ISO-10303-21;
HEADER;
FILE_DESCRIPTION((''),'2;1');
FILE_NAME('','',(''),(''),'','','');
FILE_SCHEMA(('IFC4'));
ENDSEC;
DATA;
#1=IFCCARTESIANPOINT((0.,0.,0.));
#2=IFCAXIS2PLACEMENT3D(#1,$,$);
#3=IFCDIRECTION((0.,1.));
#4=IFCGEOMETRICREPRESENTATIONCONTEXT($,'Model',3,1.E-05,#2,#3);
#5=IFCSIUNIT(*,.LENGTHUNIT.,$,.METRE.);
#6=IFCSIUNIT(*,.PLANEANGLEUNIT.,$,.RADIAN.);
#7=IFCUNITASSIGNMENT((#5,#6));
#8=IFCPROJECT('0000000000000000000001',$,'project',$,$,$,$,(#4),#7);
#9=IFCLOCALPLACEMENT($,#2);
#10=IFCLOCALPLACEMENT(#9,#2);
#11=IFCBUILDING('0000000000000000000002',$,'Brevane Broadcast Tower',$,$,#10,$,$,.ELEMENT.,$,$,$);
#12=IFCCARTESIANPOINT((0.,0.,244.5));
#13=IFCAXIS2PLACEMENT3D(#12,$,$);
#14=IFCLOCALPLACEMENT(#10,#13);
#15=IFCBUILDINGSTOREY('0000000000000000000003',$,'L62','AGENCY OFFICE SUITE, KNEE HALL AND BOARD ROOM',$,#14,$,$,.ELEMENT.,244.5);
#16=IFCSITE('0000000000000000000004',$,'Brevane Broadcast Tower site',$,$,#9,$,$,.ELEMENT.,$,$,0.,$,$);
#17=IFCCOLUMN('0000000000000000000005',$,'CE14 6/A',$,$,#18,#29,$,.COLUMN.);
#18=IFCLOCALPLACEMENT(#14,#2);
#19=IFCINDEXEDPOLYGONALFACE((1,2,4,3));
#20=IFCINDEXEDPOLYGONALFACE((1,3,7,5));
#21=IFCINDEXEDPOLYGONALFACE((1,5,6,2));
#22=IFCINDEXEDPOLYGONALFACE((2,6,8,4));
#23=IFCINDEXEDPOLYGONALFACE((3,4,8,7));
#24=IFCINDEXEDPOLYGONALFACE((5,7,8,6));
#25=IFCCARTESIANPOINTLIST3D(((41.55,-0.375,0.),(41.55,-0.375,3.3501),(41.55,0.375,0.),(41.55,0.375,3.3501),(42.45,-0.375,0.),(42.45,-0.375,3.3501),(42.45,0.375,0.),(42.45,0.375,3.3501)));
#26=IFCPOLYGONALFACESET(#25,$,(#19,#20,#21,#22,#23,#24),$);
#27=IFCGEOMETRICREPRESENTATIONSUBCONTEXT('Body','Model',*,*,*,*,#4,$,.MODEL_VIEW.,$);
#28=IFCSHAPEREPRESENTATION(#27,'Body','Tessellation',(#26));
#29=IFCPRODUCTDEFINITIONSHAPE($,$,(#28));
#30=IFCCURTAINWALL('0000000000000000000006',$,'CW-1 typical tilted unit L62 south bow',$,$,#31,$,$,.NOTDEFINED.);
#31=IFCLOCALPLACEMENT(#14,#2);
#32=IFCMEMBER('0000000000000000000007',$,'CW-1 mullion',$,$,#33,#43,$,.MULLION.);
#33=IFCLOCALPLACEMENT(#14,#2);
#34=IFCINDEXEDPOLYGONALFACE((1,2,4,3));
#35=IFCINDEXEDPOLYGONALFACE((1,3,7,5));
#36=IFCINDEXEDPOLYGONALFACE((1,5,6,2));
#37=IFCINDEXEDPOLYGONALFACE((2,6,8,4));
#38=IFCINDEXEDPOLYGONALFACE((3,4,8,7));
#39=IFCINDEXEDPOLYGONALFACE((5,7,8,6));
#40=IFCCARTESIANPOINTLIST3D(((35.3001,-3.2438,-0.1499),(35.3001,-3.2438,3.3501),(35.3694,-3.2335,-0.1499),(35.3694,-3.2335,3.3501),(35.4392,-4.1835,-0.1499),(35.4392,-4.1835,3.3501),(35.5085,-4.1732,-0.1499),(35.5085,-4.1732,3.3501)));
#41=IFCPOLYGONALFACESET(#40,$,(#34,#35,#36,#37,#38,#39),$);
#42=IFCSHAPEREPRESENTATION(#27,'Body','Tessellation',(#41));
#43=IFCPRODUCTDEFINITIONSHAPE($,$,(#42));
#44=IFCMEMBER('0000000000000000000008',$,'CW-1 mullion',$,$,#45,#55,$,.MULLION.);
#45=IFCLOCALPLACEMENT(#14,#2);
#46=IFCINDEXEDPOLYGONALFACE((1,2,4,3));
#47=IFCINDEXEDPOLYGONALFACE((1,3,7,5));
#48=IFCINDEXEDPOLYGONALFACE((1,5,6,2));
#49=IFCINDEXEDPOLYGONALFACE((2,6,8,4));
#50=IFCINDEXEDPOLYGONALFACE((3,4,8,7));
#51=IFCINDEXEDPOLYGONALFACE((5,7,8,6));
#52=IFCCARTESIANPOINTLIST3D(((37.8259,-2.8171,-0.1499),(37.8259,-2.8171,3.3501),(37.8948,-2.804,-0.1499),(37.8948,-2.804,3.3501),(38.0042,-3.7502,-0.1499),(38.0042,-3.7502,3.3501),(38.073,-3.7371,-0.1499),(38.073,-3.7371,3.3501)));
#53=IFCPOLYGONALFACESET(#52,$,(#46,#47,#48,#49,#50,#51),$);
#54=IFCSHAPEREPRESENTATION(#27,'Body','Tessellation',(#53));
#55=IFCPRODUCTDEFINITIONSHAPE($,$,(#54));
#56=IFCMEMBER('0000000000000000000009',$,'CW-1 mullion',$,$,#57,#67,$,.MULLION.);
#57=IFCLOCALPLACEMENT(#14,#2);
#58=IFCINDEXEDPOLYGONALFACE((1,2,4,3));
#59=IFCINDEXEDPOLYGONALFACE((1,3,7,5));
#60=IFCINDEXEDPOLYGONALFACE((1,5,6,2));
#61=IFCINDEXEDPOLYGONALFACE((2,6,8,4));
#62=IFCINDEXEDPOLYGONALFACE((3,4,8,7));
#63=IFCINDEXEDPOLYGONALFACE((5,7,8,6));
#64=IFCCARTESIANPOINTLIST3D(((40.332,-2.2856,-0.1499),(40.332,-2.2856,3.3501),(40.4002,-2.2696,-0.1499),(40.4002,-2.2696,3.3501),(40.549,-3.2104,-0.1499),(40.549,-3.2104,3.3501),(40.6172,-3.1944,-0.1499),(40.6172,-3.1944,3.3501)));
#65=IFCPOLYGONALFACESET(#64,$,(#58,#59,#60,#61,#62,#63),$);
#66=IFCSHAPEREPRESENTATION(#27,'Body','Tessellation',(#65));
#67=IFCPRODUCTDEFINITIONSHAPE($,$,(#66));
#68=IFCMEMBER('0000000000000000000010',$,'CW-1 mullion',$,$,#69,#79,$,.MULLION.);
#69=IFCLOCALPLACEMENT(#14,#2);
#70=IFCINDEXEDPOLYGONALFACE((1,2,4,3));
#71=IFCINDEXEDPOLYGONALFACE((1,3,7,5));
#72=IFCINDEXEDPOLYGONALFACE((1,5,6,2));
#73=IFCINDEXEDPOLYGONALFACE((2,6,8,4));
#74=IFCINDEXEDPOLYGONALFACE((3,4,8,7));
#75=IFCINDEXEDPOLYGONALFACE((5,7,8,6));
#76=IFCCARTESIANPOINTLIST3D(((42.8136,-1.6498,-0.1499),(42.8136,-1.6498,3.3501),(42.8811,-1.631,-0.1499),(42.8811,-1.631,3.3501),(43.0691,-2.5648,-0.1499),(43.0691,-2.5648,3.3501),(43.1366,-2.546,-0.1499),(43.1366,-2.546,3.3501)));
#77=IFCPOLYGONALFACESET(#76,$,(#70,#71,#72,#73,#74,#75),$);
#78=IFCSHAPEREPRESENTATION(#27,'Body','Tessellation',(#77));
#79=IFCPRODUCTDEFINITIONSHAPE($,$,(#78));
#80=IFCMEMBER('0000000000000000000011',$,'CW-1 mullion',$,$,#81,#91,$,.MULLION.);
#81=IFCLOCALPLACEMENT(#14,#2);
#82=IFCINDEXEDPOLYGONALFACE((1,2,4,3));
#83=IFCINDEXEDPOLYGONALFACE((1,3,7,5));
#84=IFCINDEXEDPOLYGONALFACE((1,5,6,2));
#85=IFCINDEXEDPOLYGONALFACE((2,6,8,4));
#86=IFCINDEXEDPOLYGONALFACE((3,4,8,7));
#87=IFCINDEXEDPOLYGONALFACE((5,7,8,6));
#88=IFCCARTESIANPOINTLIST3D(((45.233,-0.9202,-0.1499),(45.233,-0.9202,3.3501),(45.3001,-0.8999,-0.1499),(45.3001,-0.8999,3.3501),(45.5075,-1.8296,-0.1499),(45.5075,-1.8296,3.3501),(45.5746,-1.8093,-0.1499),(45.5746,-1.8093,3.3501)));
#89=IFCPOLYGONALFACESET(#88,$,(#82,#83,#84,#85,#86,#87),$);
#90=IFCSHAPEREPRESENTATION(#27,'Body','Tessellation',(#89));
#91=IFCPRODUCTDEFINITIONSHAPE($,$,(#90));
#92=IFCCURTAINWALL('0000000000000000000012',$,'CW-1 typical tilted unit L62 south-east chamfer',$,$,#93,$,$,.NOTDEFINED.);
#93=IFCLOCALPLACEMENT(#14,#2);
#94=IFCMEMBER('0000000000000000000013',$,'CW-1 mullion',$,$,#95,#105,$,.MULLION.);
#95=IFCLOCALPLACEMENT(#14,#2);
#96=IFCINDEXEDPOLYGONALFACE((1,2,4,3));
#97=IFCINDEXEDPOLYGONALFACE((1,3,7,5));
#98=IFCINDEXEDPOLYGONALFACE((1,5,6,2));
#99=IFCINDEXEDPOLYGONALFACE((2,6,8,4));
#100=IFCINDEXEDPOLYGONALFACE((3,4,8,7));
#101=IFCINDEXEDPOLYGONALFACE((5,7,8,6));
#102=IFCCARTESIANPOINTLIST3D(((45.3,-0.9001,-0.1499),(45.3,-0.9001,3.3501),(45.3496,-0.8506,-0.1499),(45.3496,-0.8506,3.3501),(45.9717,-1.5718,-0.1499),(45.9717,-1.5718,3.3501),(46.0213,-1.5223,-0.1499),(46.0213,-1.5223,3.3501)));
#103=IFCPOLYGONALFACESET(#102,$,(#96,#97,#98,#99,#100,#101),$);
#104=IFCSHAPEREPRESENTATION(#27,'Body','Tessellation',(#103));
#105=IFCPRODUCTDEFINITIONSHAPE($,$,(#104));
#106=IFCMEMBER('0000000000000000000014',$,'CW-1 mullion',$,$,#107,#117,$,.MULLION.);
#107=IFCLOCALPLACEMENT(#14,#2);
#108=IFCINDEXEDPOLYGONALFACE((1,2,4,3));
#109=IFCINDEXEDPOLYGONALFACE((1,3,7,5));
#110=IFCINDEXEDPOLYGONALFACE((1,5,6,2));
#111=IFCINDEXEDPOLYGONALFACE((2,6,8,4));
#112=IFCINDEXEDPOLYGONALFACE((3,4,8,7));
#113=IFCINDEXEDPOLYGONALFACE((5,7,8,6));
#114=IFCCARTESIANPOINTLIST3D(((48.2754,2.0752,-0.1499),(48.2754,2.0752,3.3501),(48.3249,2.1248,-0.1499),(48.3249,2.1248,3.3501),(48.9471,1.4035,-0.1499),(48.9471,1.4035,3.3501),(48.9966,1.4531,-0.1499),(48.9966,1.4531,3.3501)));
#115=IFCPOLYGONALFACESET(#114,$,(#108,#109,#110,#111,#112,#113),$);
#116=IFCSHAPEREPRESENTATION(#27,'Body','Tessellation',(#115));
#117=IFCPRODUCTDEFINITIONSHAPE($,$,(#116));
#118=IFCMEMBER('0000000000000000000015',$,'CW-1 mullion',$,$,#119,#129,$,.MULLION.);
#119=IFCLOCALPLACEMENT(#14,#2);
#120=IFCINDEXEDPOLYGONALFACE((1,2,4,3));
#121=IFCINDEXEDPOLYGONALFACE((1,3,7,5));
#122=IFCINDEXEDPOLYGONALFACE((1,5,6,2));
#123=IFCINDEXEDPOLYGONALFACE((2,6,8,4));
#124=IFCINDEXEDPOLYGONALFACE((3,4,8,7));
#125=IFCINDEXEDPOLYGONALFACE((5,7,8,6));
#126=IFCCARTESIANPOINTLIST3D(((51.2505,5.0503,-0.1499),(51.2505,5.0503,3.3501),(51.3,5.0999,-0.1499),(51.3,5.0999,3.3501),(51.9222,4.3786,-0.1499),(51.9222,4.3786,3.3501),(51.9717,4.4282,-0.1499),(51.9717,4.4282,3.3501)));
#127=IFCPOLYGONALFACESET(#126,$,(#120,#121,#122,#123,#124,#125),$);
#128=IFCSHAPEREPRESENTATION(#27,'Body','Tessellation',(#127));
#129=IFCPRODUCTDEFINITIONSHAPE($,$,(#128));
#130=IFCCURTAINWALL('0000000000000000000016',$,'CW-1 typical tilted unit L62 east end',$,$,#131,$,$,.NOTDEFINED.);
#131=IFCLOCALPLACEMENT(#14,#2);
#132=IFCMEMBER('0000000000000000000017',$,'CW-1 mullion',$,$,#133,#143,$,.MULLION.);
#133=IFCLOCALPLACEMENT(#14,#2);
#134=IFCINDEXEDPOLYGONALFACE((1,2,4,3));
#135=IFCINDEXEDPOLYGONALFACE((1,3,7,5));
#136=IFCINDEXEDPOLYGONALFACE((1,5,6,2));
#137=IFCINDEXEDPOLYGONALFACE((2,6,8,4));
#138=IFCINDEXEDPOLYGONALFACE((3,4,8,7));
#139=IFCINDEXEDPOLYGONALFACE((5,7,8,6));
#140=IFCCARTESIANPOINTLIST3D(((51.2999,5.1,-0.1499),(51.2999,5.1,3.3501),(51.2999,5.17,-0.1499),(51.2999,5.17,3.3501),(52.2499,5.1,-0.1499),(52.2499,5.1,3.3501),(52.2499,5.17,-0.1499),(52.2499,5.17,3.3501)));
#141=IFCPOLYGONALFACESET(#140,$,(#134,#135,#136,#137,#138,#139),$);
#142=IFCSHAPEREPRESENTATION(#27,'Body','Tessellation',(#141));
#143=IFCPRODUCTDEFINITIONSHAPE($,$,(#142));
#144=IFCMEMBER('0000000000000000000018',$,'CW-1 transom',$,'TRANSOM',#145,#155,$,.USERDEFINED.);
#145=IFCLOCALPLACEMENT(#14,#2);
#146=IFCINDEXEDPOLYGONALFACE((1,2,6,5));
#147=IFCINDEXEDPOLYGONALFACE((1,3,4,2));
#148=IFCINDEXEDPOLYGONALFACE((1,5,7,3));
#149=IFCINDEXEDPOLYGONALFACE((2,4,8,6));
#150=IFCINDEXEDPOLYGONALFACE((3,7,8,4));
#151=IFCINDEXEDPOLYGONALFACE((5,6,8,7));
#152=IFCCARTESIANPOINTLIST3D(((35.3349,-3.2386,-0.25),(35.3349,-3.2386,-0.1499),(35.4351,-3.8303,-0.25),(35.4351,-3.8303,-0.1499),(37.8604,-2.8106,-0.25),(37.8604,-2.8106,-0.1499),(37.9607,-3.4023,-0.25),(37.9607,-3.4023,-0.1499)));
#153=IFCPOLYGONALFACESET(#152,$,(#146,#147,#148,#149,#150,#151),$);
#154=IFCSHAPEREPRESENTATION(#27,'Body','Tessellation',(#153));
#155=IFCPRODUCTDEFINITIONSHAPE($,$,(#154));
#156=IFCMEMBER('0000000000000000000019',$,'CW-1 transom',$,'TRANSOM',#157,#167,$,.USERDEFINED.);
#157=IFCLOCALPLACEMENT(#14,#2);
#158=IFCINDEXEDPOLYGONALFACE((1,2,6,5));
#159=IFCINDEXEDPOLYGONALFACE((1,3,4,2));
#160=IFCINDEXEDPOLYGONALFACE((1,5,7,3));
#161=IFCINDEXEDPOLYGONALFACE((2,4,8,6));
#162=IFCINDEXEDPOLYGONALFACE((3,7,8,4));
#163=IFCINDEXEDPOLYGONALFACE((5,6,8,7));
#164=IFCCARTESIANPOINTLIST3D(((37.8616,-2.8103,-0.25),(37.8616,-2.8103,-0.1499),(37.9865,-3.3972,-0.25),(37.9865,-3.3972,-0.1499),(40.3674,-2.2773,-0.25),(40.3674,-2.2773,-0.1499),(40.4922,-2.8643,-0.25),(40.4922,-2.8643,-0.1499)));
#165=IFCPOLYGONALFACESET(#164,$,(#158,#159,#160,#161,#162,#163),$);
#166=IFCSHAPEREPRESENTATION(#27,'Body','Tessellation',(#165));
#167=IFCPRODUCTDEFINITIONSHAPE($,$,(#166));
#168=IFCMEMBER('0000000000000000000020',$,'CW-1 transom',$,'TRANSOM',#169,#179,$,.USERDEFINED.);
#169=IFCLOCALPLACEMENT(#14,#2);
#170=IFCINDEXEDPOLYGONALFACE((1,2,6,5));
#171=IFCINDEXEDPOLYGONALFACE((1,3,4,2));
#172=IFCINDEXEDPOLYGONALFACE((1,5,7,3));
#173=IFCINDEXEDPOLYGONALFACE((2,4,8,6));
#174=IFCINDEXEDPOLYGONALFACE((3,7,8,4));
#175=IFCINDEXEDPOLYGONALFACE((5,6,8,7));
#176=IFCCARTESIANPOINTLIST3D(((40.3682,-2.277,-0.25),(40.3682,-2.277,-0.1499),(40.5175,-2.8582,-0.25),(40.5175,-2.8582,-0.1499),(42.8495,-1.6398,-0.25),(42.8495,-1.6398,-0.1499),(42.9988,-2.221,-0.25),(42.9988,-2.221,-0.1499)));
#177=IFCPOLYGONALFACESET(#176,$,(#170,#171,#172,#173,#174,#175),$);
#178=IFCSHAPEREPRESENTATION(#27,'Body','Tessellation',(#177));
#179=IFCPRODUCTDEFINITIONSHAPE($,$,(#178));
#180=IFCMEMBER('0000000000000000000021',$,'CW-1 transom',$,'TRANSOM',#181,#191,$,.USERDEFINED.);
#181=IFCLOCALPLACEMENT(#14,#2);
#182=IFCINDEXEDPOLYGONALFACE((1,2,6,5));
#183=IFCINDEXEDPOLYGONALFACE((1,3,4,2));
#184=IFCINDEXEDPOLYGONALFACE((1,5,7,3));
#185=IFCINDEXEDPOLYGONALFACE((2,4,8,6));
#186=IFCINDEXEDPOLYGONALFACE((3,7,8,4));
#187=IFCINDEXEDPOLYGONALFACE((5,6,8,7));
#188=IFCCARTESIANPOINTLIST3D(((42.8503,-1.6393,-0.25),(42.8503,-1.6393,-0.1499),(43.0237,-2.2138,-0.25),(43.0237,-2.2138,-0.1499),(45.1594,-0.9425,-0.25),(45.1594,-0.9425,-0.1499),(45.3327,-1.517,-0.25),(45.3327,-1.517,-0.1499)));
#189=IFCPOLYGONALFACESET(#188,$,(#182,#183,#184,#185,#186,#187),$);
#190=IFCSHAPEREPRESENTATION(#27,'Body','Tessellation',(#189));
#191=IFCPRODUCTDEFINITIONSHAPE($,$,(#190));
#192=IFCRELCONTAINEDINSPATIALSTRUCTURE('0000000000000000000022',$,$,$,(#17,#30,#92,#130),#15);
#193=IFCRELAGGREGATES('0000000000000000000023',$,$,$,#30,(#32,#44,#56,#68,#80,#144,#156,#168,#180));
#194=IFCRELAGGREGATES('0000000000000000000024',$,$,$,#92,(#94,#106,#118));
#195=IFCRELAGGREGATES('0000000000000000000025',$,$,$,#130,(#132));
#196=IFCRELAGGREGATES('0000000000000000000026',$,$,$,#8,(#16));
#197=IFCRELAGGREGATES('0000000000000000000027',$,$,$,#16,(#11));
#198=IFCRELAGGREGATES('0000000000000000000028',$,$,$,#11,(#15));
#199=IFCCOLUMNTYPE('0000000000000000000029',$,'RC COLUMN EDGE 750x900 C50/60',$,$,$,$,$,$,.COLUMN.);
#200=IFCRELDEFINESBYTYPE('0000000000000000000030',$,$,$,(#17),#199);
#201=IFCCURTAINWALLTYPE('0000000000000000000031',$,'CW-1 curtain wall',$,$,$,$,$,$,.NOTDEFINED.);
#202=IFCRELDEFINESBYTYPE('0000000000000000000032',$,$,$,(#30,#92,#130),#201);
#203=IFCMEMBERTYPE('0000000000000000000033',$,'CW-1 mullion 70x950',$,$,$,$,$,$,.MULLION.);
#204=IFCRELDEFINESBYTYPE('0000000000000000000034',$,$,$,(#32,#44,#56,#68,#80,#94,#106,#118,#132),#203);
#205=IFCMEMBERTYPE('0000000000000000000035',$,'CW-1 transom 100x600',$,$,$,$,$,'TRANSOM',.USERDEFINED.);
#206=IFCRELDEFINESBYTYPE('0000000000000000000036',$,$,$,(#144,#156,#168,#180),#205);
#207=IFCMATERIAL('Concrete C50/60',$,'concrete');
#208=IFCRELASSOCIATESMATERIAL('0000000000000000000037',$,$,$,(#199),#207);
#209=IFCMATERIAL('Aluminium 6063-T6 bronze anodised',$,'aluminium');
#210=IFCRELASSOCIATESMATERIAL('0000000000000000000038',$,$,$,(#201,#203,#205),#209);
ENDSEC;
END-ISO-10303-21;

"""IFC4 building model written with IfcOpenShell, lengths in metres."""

from ifc_helpers import new_model, si_unit, direction, frame, origin, origin_2d, place, context, subcontext, project, spatial, rectangle, extrude, material, material_profile, profile_set, type_object, element, aggregate, save


model = new_model("IFC4")

# Units and contexts
model_context = context("Model", 3, precision=1e-05, world=origin(), true_north=direction((0.0, 1.0)))
body_context = subcontext(model_context, "Body", "Model", "MODEL_VIEW")
ifc_project = project(units=[si_unit("LENGTHUNIT", "METRE"), si_unit("PLANEANGLEUNIT", "RADIAN")], contexts=[model_context])

# Site, building, storey
site_placement = place(None, origin())
site = spatial("IfcSite", under=ifc_project, at=site_placement, Name="Brevane Broadcast Tower site", CompositionType="ELEMENT", RefElevation=0.0)
building_placement = place(site_placement, origin())
building = spatial("IfcBuilding", under=site, at=building_placement, Name="Brevane Broadcast Tower", CompositionType="ELEMENT")
storey_placement = place(building_placement, frame((0.0, 0.0, 244.5)))
storey = spatial("IfcBuildingStorey", under=building, at=storey_placement, Name="L62", Description="AGENCY OFFICE SUITE, KNEE HALL AND BOARD ROOM", CompositionType="ELEMENT", Elevation=244.5)

# Column
ifc_material_1 = material(Name="Concrete C50/60", Category="concrete")
ifc_material_profile_1 = material_profile(ifc_material_1, rectangle(XDim=0.75, YDim=0.8999, at=origin_2d()), Name="RC 750x900")
ifc_profile_set_1 = profile_set([ifc_material_profile_1], Name="Concrete C50/60")
column_type = type_object("IfcColumnType", Name="RC COLUMN EDGE 750x900 C50/60", PredefinedType="COLUMN", material=ifc_profile_set_1)
column_placement = place(storey_placement, frame((42.0, 0.0, 0.0), z_axis=(0.0, 0.0, 1.0), x_axis=(0.0, 1.0, 0.0)))
element("IfcColumn", 1, at=column_placement, inside=storey, type_object=column_type, Name="CE14 6/A", PredefinedType="COLUMN", context=body_context, shape_type="SweptSolid", body=[
    extrude(rectangle(XDim=0.75, YDim=0.8999, at=origin_2d()), origin(), (0.0, 0.0, 1.0), 3.3501),
])

# Curtain walls, members
ifc_material_2 = material(Name="Aluminium 6063-T6 bronze anodised", Category="aluminium")
curtain_wall_type = type_object("IfcCurtainWallType", Name="CW-1 curtain wall", PredefinedType="NOTDEFINED", material=ifc_material_2)
curtain_wall_1_placement = place(storey_placement, origin())
curtain_wall_1 = element("IfcCurtainWall", 2, at=curtain_wall_1_placement, inside=storey, type_object=curtain_wall_type, Name="CW-1 typical tilted unit L62 south bow", PredefinedType="NOTDEFINED")
ifc_material_profile_2 = material_profile(ifc_material_2, rectangle(XDim=0.95, YDim=0.0701, at=origin_2d()), Name="RECT 70x950")
ifc_profile_set_2 = profile_set([ifc_material_profile_2], Name="Aluminium 6063-T6 bronze anodised")
member_type_1 = type_object("IfcMemberType", Name="CW-1 mullion 70x950", PredefinedType="MULLION", material=ifc_profile_set_2)
member_1_placement = place(storey_placement, frame((35.4043, -3.7085, -0.1499), z_axis=(0.0, 0.0, 1.0), x_axis=(-0.146447, 0.989218, 0.0)))
member_1 = element("IfcMember", 3, at=member_1_placement, type_object=member_type_1, Name="CW-1 mullion", PredefinedType="MULLION", context=body_context, shape_type="SweptSolid", body=[
    extrude(rectangle(XDim=0.95, YDim=0.0701, at=origin_2d()), origin(), (0.0, 0.0, 1.0), 3.5),
])
member_2_placement = place(storey_placement, frame((37.9495, -3.2771, -0.1499), z_axis=(0.0, 0.0, 1.0), x_axis=(-0.187621, 0.982242, 0.0)))
member_2 = element("IfcMember", 4, at=member_2_placement, type_object=member_type_1, Name="CW-1 mullion", PredefinedType="MULLION", context=body_context, shape_type="SweptSolid", body=[
    extrude(rectangle(XDim=0.95, YDim=0.0701, at=origin_2d()), origin(), (0.0, 0.0, 1.0), 3.5),
])
member_3_placement = place(storey_placement, frame((40.4746, -2.74, -0.1499), z_axis=(0.0, 0.0, 1.0), x_axis=(-0.228467, 0.973552, 0.0)))
member_3 = element("IfcMember", 5, at=member_3_placement, type_object=member_type_1, Name="CW-1 mullion", PredefinedType="MULLION", context=body_context, shape_type="SweptSolid", body=[
    extrude(rectangle(XDim=0.95, YDim=0.0701, at=origin_2d()), origin(), (0.0, 0.0, 1.0), 3.5),
])
member_4_placement = place(storey_placement, frame((42.9751, -2.0979, -0.1499), z_axis=(0.0, 0.0, 1.0), x_axis=(-0.268916, 0.963164, 0.0)))
member_4 = element("IfcMember", 6, at=member_4_placement, type_object=member_type_1, Name="CW-1 mullion", PredefinedType="MULLION", context=body_context, shape_type="SweptSolid", body=[
    extrude(rectangle(XDim=0.95, YDim=0.0701, at=origin_2d()), origin(), (0.0, 0.0, 1.0), 3.5),
])
member_5_placement = place(storey_placement, frame((45.4038, -1.3647, -0.1499), z_axis=(0.0, 0.0, 1.0), x_axis=(-0.288968, 0.957339, 0.0)))
member_5 = element("IfcMember", 7, at=member_5_placement, type_object=member_type_1, Name="CW-1 mullion", PredefinedType="MULLION", context=body_context, shape_type="SweptSolid", body=[
    extrude(rectangle(XDim=0.95, YDim=0.0701, at=origin_2d()), origin(), (0.0, 0.0, 1.0), 3.5),
])
curtain_wall_2_placement = place(storey_placement, origin())
curtain_wall_2 = element("IfcCurtainWall", 8, at=curtain_wall_2_placement, inside=storey, type_object=curtain_wall_type, Name="CW-1 typical tilted unit L62 south-east chamfer", PredefinedType="NOTDEFINED")
member_6_placement = place(storey_placement, frame((45.6606, -1.2112, -0.1499), z_axis=(0.0, 0.0, 1.0), x_axis=(-0.707107, 0.707107, 0.0)))
member_6 = element("IfcMember", 9, at=member_6_placement, type_object=member_type_1, Name="CW-1 mullion", PredefinedType="MULLION", context=body_context, shape_type="SweptSolid", body=[
    extrude(rectangle(XDim=0.95, YDim=0.0701, at=origin_2d()), origin(), (0.0, 0.0, 1.0), 3.5),
])
member_7_placement = place(storey_placement, frame((48.636, 1.7642, -0.1499), z_axis=(0.0, 0.0, 1.0), x_axis=(-0.707107, 0.707107, 0.0)))
member_7 = element("IfcMember", 10, at=member_7_placement, type_object=member_type_1, Name="CW-1 mullion", PredefinedType="MULLION", context=body_context, shape_type="SweptSolid", body=[
    extrude(rectangle(XDim=0.95, YDim=0.0701, at=origin_2d()), origin(), (0.0, 0.0, 1.0), 3.5),
])
member_8_placement = place(storey_placement, frame((51.6111, 4.7393, -0.1499), z_axis=(0.0, 0.0, 1.0), x_axis=(-0.707107, 0.707107, 0.0)))
member_8 = element("IfcMember", 11, at=member_8_placement, type_object=member_type_1, Name="CW-1 mullion", PredefinedType="MULLION", context=body_context, shape_type="SweptSolid", body=[
    extrude(rectangle(XDim=0.95, YDim=0.0701, at=origin_2d()), origin(), (0.0, 0.0, 1.0), 3.5),
])

# Curtain wall, member
curtain_wall_3_placement = place(storey_placement, origin())
curtain_wall_3 = element("IfcCurtainWall", 12, at=curtain_wall_3_placement, inside=storey, type_object=curtain_wall_type, Name="CW-1 typical tilted unit L62 east end", PredefinedType="NOTDEFINED")
member_9_placement = place(storey_placement, frame((51.7749, 5.135, -0.1499), z_axis=(0.0, 0.0, 1.0), x_axis=(-1.0, 0.0, 0.0)))
member_9 = element("IfcMember", 13, at=member_9_placement, type_object=member_type_1, Name="CW-1 mullion", PredefinedType="MULLION", context=body_context, shape_type="SweptSolid", body=[
    extrude(rectangle(XDim=0.95, YDim=0.0701, at=origin_2d()), origin(), (0.0, 0.0, 1.0), 3.5),
])

# Members
ifc_material_profile_3 = material_profile(ifc_material_2, rectangle(XDim=0.6001, YDim=0.1001, at=origin_2d()), Name="RECT 100x600")
ifc_profile_set_3 = profile_set([ifc_material_profile_3], Name="Aluminium 6063-T6 bronze anodised")
member_type_2 = type_object("IfcMemberType", Name="CW-1 transom 100x600", ElementType="TRANSOM", PredefinedType="USERDEFINED", material=ifc_profile_set_3)
member_10_placement = place(storey_placement, frame((35.385, -3.5344, -0.2), z_axis=(0.985945, 0.167072, 0.0), x_axis=(-0.167072, 0.985945, 0.0)))
member_10 = element("IfcMember", 14, at=member_10_placement, type_object=member_type_2, Name="CW-1 transom", ObjectType="TRANSOM", PredefinedType="USERDEFINED", context=body_context, shape_type="SweptSolid", body=[
    extrude(rectangle(XDim=0.6001, YDim=0.1001, at=origin_2d()), origin(), (0.0, 0.0, 1.0), 2.5615),
])
member_11_placement = place(storey_placement, frame((37.9241, -3.1038, -0.2), z_axis=(0.978118, 0.208051, 0.0), x_axis=(-0.208051, 0.978118, 0.0)))
member_11 = element("IfcMember", 15, at=member_11_placement, type_object=member_type_2, Name="CW-1 transom", ObjectType="TRANSOM", PredefinedType="USERDEFINED", context=body_context, shape_type="SweptSolid", body=[
    extrude(rectangle(XDim=0.6001, YDim=0.1001, at=origin_2d()), origin(), (0.0, 0.0, 1.0), 2.5618),
])
member_12_placement = place(storey_placement, frame((40.4429, -2.5676, -0.2), z_axis=(0.96857, 0.248742, 0.0), x_axis=(-0.248742, 0.96857, 0.0)))
member_12 = element("IfcMember", 16, at=member_12_placement, type_object=member_type_2, Name="CW-1 transom", ObjectType="TRANSOM", PredefinedType="USERDEFINED", context=body_context, shape_type="SweptSolid", body=[
    extrude(rectangle(XDim=0.6001, YDim=0.1001, at=origin_2d()), origin(), (0.0, 0.0, 1.0), 2.5618),
])
member_13_placement = place(storey_placement, frame((42.937, -1.9265, -0.2), z_axis=(0.957363, 0.288889, 0.0), x_axis=(-0.288889, 0.957363, 0.0)))
member_13 = element("IfcMember", 17, at=member_13_placement, type_object=member_type_2, Name="CW-1 transom", ObjectType="TRANSOM", PredefinedType="USERDEFINED", context=body_context, shape_type="SweptSolid", body=[
    extrude(rectangle(XDim=0.6001, YDim=0.1001, at=origin_2d()), origin(), (0.0, 0.0, 1.0), 2.4119),
])
aggregate(curtain_wall_1, [member_1, member_2, member_3, member_4, member_5, member_10, member_11, member_12, member_13])
aggregate(curtain_wall_2, [member_6, member_7, member_8])
aggregate(curtain_wall_3, [member_9])

save(model, "model.ifc")
